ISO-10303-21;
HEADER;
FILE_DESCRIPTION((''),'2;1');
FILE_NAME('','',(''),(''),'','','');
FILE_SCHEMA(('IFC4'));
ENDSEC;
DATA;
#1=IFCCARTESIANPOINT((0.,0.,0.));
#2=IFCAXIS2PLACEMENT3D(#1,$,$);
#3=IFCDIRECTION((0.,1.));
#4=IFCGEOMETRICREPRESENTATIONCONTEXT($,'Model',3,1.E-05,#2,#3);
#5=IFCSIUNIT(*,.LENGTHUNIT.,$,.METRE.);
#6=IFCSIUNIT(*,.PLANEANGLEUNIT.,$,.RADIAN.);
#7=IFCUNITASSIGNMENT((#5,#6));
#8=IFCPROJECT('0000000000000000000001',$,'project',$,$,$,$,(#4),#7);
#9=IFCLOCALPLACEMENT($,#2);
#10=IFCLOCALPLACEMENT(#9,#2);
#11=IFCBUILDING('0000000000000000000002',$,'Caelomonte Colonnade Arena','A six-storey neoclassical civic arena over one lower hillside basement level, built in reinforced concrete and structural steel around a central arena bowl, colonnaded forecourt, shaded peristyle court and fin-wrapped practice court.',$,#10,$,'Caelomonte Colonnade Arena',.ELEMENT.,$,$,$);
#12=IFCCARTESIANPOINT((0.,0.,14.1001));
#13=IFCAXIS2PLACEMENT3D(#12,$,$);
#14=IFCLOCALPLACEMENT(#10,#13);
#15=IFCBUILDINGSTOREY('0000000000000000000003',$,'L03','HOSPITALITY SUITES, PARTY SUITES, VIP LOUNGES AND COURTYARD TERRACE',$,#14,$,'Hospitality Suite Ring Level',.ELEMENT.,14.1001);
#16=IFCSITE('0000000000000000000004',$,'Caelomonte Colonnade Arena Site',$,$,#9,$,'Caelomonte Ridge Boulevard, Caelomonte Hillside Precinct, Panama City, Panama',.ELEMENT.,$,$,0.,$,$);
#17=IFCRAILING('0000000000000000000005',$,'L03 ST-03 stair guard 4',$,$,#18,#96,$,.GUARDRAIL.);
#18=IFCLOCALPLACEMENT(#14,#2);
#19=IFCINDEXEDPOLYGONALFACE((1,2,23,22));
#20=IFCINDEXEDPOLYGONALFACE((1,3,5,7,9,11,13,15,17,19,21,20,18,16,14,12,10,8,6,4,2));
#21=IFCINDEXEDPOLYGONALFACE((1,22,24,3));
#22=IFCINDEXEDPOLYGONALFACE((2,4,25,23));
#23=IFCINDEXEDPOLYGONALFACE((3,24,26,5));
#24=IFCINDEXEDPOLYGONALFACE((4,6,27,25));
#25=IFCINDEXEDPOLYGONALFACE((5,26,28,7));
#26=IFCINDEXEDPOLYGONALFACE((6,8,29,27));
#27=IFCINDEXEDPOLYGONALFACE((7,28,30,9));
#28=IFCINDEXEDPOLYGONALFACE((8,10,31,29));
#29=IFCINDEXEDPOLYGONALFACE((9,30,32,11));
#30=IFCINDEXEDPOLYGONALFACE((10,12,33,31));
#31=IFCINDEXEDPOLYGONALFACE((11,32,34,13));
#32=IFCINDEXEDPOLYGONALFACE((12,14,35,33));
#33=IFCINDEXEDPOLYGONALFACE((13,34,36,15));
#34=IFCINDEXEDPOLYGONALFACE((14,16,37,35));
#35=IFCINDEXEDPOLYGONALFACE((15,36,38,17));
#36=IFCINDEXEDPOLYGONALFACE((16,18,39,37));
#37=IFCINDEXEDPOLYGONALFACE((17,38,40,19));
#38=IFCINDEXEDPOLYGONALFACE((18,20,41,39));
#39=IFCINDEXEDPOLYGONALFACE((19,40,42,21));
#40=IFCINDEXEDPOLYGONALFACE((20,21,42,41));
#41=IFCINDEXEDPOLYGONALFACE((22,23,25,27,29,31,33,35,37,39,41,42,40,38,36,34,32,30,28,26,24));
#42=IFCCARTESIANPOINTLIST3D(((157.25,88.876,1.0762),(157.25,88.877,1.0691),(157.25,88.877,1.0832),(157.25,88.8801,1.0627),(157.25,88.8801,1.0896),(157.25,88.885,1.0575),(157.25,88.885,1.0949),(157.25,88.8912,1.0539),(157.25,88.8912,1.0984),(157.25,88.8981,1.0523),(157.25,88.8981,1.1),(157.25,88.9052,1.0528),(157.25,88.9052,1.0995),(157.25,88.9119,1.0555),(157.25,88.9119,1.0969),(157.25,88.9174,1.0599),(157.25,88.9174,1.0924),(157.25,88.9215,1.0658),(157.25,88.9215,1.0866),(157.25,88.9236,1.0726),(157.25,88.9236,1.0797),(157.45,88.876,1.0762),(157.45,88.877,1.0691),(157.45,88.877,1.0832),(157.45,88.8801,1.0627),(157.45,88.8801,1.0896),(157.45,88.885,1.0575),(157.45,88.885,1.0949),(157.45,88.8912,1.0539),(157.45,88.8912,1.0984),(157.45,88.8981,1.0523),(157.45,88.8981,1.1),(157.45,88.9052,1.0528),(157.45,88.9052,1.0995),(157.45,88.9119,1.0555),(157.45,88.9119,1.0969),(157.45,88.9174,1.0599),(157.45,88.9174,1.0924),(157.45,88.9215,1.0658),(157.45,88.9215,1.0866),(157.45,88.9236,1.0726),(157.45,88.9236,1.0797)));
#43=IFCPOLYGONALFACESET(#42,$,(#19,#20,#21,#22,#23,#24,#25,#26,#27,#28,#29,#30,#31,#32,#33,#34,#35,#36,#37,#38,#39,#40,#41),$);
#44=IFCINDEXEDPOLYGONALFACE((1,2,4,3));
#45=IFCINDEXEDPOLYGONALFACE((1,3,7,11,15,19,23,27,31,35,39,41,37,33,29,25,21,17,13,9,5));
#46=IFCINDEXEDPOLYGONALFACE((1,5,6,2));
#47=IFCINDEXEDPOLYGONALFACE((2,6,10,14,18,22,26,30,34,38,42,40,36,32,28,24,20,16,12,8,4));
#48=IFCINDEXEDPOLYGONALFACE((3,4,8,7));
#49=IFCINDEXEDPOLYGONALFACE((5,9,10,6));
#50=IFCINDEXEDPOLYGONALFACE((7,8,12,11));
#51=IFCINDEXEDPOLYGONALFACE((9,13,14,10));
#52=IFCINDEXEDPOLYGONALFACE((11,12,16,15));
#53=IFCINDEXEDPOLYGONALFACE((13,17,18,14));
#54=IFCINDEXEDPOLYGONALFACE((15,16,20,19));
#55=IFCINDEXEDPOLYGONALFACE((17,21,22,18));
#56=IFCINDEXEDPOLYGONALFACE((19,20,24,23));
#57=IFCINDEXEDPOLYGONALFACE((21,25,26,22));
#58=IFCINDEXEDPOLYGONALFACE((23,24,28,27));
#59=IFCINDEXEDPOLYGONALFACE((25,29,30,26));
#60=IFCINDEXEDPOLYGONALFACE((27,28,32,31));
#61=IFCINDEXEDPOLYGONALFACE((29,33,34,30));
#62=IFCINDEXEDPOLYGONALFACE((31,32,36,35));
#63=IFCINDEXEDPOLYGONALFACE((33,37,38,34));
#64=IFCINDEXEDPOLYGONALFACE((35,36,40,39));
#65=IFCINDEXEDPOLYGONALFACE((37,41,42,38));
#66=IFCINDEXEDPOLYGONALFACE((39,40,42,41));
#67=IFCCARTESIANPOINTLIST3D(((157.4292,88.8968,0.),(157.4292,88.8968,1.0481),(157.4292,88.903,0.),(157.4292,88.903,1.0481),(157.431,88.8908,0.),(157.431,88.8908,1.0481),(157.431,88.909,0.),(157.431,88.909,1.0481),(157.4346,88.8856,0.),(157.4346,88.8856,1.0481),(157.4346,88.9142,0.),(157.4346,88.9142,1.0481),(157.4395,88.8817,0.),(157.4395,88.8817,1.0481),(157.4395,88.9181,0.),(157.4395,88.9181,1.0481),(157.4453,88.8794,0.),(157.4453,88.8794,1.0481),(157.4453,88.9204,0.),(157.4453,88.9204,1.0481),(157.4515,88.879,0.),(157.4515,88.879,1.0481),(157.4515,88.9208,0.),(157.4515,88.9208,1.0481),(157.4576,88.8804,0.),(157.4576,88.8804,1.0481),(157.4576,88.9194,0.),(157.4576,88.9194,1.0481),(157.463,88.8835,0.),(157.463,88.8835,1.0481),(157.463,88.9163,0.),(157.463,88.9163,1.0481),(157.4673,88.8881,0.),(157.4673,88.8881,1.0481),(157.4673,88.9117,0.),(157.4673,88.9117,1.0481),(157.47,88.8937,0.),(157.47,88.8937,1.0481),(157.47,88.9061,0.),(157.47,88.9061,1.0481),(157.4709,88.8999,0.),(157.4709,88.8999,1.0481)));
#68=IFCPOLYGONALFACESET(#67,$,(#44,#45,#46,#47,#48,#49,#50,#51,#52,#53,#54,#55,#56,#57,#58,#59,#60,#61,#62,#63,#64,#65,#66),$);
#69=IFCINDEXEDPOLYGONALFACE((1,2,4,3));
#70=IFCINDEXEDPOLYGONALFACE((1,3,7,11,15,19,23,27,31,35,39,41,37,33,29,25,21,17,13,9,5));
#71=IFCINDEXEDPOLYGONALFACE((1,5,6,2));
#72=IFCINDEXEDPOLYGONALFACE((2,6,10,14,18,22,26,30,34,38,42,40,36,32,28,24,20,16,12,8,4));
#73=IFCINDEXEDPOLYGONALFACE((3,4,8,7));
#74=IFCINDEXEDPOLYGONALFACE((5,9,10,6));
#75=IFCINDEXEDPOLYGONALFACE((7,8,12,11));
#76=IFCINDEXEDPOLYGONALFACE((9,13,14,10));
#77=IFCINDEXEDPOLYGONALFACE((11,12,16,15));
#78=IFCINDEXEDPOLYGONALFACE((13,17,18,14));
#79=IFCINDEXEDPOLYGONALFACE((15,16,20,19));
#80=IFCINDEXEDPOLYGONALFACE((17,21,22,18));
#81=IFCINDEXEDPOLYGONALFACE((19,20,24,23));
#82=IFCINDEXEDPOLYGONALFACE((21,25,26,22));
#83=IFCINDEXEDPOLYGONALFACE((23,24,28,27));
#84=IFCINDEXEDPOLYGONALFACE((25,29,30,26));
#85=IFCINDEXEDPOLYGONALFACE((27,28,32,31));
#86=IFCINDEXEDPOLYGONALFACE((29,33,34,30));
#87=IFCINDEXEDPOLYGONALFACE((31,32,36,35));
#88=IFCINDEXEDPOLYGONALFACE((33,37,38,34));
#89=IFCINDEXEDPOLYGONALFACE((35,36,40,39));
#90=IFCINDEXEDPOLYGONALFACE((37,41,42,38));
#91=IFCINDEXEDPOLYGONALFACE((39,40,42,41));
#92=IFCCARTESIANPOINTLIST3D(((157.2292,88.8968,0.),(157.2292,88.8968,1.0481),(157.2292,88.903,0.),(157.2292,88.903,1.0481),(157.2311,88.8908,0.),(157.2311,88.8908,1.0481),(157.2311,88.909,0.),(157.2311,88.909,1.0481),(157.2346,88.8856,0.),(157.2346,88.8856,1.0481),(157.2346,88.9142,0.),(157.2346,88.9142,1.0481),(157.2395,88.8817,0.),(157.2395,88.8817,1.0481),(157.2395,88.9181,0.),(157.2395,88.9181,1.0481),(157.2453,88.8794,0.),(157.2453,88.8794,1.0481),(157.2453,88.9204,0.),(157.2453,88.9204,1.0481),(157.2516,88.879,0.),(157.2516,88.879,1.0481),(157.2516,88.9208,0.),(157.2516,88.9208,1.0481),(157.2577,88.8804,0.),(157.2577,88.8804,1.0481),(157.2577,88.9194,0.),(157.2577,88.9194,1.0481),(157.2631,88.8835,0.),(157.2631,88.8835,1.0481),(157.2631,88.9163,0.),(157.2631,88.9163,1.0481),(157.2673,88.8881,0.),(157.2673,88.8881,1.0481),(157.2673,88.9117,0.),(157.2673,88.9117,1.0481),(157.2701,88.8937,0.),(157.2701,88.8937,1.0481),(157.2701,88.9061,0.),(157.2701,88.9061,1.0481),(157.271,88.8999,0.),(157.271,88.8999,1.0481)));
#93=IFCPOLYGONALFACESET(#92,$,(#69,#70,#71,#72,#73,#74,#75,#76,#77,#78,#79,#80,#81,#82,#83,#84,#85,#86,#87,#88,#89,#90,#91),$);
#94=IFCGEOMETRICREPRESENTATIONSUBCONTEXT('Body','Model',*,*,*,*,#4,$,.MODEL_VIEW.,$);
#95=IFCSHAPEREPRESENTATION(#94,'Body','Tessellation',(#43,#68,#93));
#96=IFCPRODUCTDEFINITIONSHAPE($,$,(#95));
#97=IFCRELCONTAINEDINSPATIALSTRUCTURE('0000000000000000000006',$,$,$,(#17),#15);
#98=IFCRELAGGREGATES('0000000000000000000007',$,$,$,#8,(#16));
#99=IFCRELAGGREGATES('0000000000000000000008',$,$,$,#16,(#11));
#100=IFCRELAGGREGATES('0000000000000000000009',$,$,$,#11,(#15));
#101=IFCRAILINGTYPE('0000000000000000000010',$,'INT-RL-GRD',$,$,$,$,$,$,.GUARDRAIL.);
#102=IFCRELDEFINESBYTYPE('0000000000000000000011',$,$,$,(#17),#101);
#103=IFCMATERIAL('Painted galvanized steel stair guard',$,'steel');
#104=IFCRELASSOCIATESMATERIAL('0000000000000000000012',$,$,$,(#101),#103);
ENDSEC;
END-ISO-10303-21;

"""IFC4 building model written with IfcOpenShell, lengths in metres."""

from ifc_helpers import new_model, si_unit, direction, frame, origin, origin_2d, place, context, subcontext, project, spatial, circle, extrude, material, type_object, element, save


model = new_model("IFC4")

# Units and contexts
model_context = context("Model", 3, precision=1e-05, world=origin(), true_north=direction((0.0, 1.0)))
body_context = subcontext(model_context, "Body", "Model", "MODEL_VIEW")
ifc_project = project(units=[si_unit("LENGTHUNIT", "METRE"), si_unit("PLANEANGLEUNIT", "RADIAN")], contexts=[model_context])

# Site, building, storey
site_placement = place(None, origin())
site = spatial("IfcSite", under=ifc_project, at=site_placement, Name="Caelomonte Colonnade Arena Site", LongName="Caelomonte Ridge Boulevard, Caelomonte Hillside Precinct, Panama City, Panama", CompositionType="ELEMENT", RefElevation=0.0)
building_placement = place(site_placement, origin())
building = spatial("IfcBuilding", under=site, at=building_placement, Name="Caelomonte Colonnade Arena", Description="A six-storey neoclassical civic arena over one lower hillside basement level, built in reinforced concrete and structural steel around a central arena bowl, colonnaded forecourt, shaded peristyle court and fin-wrapped practice court.", LongName="Caelomonte Colonnade Arena", CompositionType="ELEMENT")
storey_placement = place(building_placement, frame((0.0, 0.0, 14.1001)))
storey = spatial("IfcBuildingStorey", under=building, at=storey_placement, Name="L03", Description="HOSPITALITY SUITES, PARTY SUITES, VIP LOUNGES AND COURTYARD TERRACE", LongName="Hospitality Suite Ring Level", CompositionType="ELEMENT", Elevation=14.1001)

# Railing
ifc_material_1 = material(Name="Painted galvanized steel stair guard", Category="steel")
railing_type = type_object("IfcRailingType", Name="INT-RL-GRD", PredefinedType="GUARDRAIL", material=ifc_material_1)
railing_placement = place(storey_placement, frame((157.45, 88.8999, 0.0)))
element("IfcRailing", 1, at=railing_placement, inside=storey, type_object=railing_type, Name="L03 ST-03 stair guard 4", PredefinedType="GUARDRAIL", context=body_context, shape_type="SweptSolid", body=[
    extrude(circle(Radius=0.0239, at=origin_2d()), frame((0.0, 0.0, 1.0762), z_axis=(-1.0, 0.0, 0.0), x_axis=(0.0, -1.0, 0.0)), (0.0, 0.0, 1.0), 0.2),
    extrude(circle(Radius=0.021, at=origin_2d()), origin(), (0.0, 0.0, 1.0), 1.0481),
    extrude(circle(Radius=0.021, at=origin_2d()), frame((-0.2, 0.0, 0.0)), (0.0, 0.0, 1.0), 1.0481),
])

save(model, "model.ifc")
